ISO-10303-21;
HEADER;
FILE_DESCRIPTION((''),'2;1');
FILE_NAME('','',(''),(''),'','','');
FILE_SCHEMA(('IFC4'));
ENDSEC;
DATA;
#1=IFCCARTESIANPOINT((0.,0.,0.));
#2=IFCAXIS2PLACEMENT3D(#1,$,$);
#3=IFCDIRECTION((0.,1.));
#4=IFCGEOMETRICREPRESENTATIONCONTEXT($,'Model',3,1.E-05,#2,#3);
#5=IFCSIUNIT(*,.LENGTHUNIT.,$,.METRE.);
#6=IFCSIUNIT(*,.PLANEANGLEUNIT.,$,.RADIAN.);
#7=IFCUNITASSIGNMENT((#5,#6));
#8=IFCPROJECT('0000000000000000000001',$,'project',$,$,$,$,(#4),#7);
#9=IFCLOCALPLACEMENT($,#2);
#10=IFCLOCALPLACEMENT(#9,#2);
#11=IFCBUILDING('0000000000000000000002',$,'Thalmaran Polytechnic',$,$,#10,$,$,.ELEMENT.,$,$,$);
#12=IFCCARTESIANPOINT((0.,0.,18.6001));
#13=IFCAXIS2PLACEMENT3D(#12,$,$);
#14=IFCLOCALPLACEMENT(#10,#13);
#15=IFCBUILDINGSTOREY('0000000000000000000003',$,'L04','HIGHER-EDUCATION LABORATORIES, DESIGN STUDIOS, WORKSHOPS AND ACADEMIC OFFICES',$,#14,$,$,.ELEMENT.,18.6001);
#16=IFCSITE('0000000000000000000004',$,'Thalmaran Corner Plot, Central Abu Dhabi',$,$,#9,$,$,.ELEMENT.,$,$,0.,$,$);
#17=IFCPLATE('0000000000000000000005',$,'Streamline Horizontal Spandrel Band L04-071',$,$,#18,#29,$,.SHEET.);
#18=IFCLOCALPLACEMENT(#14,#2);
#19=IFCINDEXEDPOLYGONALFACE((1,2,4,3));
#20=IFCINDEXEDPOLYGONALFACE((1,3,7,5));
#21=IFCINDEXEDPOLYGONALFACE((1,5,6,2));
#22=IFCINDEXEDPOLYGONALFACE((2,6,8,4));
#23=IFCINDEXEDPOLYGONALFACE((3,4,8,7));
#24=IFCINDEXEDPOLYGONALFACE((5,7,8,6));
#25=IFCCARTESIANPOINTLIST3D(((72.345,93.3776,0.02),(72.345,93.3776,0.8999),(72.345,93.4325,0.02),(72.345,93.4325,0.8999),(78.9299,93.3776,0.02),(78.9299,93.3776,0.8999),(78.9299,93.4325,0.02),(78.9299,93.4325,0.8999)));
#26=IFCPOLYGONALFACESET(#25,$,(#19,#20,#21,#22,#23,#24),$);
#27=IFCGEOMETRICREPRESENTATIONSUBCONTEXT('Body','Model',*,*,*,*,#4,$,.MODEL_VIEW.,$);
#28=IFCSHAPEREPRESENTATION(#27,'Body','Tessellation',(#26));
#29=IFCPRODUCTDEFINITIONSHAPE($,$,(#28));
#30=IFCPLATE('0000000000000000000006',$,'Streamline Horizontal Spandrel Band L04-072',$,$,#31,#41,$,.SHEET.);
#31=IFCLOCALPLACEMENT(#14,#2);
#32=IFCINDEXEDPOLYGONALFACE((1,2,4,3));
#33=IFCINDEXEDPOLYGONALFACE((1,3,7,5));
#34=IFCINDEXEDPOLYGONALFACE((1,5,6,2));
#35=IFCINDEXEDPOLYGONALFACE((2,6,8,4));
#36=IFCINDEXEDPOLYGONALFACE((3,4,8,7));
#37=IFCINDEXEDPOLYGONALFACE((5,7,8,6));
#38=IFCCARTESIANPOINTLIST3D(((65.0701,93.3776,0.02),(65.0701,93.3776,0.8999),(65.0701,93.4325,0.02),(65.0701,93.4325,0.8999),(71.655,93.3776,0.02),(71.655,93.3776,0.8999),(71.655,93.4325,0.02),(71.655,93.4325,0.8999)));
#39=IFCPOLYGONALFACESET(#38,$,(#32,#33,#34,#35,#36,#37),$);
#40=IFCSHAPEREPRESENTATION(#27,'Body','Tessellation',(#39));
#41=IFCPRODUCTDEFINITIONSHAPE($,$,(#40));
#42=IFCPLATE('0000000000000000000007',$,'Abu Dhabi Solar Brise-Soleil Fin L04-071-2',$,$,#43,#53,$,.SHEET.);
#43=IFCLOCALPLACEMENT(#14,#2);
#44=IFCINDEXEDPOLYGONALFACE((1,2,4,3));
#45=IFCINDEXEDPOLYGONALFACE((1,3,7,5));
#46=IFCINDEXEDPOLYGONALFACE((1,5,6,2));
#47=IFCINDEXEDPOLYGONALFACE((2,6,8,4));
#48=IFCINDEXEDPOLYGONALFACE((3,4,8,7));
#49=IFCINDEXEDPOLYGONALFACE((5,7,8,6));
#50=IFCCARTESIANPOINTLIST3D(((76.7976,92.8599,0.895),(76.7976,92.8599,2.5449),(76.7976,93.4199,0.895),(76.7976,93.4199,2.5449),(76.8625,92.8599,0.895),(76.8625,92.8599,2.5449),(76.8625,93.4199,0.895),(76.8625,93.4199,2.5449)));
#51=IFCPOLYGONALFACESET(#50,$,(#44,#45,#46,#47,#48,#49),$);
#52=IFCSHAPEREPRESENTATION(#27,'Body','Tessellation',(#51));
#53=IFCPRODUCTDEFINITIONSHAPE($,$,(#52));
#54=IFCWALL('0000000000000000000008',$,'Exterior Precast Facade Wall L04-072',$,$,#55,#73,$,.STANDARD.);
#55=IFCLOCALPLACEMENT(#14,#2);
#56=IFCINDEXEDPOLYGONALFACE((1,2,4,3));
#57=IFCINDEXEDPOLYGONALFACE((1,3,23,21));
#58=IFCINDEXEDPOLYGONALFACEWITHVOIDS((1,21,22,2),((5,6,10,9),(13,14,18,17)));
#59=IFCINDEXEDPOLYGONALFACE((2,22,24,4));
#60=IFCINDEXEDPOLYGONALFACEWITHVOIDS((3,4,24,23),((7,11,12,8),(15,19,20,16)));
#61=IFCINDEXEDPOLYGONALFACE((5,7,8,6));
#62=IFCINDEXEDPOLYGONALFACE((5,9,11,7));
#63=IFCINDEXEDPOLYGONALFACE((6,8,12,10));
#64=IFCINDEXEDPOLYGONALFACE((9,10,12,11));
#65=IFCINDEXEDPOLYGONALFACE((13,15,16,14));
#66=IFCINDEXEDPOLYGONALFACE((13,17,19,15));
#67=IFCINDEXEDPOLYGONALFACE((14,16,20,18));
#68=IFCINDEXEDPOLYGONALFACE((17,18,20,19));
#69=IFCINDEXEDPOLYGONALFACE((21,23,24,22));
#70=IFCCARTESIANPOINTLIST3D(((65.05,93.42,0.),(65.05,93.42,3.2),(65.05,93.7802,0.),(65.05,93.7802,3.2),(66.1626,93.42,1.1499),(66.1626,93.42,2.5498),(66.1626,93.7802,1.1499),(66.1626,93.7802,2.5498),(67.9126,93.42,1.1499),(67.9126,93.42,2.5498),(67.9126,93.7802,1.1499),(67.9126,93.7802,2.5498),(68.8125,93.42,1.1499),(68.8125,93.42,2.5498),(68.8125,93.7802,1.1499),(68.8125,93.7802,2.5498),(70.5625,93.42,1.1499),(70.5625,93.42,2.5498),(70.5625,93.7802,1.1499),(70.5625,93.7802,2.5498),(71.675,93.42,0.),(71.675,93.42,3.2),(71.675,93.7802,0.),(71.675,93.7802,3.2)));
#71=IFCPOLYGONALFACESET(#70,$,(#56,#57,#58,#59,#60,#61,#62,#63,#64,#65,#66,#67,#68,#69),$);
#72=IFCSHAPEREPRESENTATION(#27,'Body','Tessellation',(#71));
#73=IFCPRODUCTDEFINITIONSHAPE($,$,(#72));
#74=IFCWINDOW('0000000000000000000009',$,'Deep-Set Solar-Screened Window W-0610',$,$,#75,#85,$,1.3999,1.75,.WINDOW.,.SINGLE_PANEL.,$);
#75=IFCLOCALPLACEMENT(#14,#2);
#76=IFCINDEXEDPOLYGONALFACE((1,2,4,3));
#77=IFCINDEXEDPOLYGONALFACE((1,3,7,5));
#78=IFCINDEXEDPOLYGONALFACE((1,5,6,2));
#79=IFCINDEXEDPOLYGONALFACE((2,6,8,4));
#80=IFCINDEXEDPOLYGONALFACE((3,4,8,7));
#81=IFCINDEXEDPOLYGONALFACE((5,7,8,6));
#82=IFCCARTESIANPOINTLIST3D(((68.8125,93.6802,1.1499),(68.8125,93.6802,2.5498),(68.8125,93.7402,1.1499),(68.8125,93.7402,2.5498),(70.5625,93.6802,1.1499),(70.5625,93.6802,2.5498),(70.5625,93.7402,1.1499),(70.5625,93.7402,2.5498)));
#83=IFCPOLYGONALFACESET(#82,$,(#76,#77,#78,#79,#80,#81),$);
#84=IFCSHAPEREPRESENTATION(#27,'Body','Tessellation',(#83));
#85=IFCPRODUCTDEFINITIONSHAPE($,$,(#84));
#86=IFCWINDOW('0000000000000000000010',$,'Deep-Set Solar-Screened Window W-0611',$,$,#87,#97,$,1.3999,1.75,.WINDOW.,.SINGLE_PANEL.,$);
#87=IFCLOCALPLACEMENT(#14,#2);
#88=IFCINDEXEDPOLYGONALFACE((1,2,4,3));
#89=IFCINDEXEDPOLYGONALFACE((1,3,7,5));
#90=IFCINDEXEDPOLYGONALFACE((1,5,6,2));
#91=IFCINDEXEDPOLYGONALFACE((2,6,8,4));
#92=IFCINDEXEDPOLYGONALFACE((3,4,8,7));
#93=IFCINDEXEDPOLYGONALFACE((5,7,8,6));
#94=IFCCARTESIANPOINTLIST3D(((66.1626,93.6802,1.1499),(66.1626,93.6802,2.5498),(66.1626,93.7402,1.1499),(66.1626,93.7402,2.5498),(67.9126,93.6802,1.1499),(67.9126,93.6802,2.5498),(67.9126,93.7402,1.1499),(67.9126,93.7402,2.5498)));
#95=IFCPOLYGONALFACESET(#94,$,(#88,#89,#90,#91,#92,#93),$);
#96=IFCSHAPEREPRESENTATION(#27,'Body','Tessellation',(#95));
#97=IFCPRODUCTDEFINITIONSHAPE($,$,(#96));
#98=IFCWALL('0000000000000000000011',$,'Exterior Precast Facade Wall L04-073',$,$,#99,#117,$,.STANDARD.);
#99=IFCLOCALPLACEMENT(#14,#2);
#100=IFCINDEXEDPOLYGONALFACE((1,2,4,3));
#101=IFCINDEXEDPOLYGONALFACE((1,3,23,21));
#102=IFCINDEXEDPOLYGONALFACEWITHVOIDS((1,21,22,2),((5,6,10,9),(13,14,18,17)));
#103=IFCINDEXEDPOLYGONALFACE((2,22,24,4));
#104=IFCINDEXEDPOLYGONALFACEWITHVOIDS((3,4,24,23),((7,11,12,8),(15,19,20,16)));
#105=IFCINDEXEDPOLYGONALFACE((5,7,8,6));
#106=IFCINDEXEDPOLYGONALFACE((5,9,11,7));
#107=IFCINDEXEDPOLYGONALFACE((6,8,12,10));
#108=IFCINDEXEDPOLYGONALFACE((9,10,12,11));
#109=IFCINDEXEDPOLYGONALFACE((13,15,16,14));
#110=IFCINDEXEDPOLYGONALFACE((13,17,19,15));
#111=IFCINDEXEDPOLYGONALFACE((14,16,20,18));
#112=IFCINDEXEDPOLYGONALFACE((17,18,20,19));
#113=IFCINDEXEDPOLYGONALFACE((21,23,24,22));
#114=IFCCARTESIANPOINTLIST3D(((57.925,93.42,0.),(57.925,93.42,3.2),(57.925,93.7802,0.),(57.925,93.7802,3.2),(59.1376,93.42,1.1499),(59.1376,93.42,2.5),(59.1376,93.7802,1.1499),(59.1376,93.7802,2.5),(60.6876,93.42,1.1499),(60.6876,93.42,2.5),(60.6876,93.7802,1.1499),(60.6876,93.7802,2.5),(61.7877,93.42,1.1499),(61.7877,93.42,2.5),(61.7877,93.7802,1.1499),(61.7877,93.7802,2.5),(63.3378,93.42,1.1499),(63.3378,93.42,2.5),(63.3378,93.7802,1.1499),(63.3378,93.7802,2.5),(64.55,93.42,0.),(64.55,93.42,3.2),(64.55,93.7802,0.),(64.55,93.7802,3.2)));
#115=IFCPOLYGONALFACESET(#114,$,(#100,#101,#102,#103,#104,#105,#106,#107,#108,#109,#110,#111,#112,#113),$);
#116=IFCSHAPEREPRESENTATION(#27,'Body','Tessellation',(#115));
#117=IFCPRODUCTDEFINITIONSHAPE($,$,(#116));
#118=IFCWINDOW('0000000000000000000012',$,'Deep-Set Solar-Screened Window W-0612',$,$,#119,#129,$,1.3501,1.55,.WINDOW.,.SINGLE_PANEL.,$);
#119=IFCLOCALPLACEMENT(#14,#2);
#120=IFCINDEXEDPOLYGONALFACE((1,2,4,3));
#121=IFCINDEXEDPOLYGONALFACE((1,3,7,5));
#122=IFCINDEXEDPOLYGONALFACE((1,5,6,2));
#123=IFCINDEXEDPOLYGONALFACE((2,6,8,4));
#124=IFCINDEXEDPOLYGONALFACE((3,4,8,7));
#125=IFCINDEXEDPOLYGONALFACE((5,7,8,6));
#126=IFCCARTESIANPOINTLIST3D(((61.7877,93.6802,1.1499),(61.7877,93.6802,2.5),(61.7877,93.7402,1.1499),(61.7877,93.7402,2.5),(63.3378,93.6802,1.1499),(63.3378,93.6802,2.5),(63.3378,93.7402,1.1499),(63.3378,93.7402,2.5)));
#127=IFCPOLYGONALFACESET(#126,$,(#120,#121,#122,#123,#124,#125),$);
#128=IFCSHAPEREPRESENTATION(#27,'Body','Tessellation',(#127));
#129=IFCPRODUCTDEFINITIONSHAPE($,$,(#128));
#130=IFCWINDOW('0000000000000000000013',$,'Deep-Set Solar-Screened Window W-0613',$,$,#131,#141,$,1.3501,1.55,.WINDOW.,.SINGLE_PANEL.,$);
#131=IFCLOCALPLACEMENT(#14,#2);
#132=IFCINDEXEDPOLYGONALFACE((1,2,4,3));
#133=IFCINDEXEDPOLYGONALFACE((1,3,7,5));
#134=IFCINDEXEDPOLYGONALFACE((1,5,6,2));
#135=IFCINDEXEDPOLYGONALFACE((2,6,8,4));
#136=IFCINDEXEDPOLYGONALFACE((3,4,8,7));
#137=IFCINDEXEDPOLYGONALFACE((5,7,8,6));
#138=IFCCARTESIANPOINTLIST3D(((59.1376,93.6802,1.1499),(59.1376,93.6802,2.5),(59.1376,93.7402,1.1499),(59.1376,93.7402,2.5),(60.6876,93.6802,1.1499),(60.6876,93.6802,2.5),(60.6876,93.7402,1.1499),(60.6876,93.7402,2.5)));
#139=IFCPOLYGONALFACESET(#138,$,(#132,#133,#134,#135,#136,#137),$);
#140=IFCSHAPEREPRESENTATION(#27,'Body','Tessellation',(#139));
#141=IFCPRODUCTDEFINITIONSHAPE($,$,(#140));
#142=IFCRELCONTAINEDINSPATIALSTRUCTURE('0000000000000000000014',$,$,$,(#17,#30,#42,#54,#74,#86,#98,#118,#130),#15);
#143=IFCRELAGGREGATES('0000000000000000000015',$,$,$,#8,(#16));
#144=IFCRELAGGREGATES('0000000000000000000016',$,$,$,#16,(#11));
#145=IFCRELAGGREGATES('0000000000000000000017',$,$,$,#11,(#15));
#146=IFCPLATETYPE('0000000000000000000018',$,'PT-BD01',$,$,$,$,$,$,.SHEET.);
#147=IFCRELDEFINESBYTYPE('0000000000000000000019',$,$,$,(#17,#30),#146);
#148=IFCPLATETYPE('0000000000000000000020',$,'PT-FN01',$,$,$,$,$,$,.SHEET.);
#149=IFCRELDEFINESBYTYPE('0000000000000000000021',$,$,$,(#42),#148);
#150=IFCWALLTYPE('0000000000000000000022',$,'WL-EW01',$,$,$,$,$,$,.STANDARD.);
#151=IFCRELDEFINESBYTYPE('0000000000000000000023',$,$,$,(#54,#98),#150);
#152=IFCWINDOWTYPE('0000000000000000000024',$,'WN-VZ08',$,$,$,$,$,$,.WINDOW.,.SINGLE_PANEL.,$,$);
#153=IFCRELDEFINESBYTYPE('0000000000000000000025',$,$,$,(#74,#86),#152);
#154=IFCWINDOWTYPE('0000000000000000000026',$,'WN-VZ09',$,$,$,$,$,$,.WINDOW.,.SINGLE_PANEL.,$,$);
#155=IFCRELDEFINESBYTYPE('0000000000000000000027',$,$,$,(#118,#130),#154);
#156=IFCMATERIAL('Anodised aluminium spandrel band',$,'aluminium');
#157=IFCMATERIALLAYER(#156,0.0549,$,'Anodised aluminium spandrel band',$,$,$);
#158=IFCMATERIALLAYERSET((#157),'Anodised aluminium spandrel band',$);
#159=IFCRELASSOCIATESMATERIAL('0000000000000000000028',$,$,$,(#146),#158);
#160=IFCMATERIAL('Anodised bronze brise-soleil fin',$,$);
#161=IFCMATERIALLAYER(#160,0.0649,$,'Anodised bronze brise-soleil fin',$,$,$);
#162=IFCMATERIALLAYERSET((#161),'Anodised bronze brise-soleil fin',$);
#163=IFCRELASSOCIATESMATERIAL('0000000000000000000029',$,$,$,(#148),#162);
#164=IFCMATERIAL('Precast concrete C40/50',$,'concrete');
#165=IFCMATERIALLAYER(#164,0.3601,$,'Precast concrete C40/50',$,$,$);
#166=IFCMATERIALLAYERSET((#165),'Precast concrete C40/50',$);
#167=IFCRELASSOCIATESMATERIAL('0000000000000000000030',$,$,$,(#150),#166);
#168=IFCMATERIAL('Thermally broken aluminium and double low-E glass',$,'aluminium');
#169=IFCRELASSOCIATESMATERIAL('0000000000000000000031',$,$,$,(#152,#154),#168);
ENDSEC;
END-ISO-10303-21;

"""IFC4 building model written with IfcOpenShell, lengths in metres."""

from ifc_helpers import new_model, si_unit, direction, frame, frame_2d, origin, origin_2d, place, context, subcontext, project, spatial, rectangle, extrude, material, layer, layer_set, type_object, element, fill, save


model = new_model("IFC4")

# Units and contexts
model_context = context("Model", 3, precision=1e-05, world=origin(), true_north=direction((0.0, 1.0)))
body_context = subcontext(model_context, "Body", "Model", "MODEL_VIEW")
ifc_project = project(units=[si_unit("LENGTHUNIT", "METRE"), si_unit("PLANEANGLEUNIT", "RADIAN")], contexts=[model_context])

# Site, building, storey
site_placement = place(None, origin())
site = spatial("IfcSite", under=ifc_project, at=site_placement, Name="Thalmaran Corner Plot, Central Abu Dhabi", CompositionType="ELEMENT", RefElevation=0.0)
building_placement = place(site_placement, origin())
building = spatial("IfcBuilding", under=site, at=building_placement, Name="Thalmaran Polytechnic", CompositionType="ELEMENT")
storey_placement = place(building_placement, frame((0.0, 0.0, 18.6001)))
storey = spatial("IfcBuildingStorey", under=building, at=storey_placement, Name="L04", Description="HIGHER-EDUCATION LABORATORIES, DESIGN STUDIOS, WORKSHOPS AND ACADEMIC OFFICES", CompositionType="ELEMENT", Elevation=18.6001)

# Plates
ifc_material_1 = material(Name="Anodised aluminium spandrel band", Category="aluminium")
ifc_layer_1 = layer(ifc_material_1, 0.0549, Name="Anodised aluminium spandrel band")
ifc_layer_set_1 = layer_set([ifc_layer_1], Name="Anodised aluminium spandrel band")
plate_type_1 = type_object("IfcPlateType", Name="PT-BD01", PredefinedType="SHEET", material=ifc_layer_set_1)
for number, where, z_axis, x_axis, name in (
    (1, (75.6375, 93.405, 0.02), (0.0, 0.0, 1.0), (-1.0, 0.0, 0.0), "Streamline Horizontal Spandrel Band L04-071"),
    (2, (68.3625, 93.405, 0.02), (0.0, 0.0, 1.0), (-1.0, 0.0, 0.0), "Streamline Horizontal Spandrel Band L04-072"),
):
    element("IfcPlate", number, at=place(storey_placement, frame(where, z_axis=z_axis, x_axis=x_axis)), inside=storey, type_object=plate_type_1, Name=name, PredefinedType="SHEET", context=body_context, shape_type="SweptSolid", body=[
        extrude(rectangle(XDim=6.585, YDim=0.0549, at=origin_2d()), origin(), (0.0, 0.0, 1.0), 0.8799),
    ])
ifc_material_2 = material(Name="Anodised bronze brise-soleil fin")
ifc_layer_2 = layer(ifc_material_2, 0.0649, Name="Anodised bronze brise-soleil fin")
ifc_layer_set_2 = layer_set([ifc_layer_2], Name="Anodised bronze brise-soleil fin")
plate_type_2 = type_object("IfcPlateType", Name="PT-FN01", PredefinedType="SHEET", material=ifc_layer_set_2)
plate_placement = place(storey_placement, frame((76.8301, 93.1399, 0.895), z_axis=(0.0, 0.0, 1.0), x_axis=(-1.0, 0.0, 0.0)))
element("IfcPlate", 3, at=plate_placement, inside=storey, type_object=plate_type_2, Name="Abu Dhabi Solar Brise-Soleil Fin L04-071-2", PredefinedType="SHEET", context=body_context, shape_type="SweptSolid", body=[
    extrude(rectangle(XDim=0.0649, YDim=0.5601, at=origin_2d()), origin(), (0.0, 0.0, 1.0), 1.6499),
])

# Walls, openings, windows
ifc_material_3 = material(Name="Precast concrete C40/50", Category="concrete")
ifc_layer_3 = layer(ifc_material_3, 0.3601, Name="Precast concrete C40/50")
ifc_layer_set_3 = layer_set([ifc_layer_3], Name="Precast concrete C40/50")
wall_type_1 = type_object("IfcWallType", Name="WL-EW01", PredefinedType="STANDARD", material=ifc_layer_set_3)
wall_1_placement = place(storey_placement, frame((71.675, 93.6001, 0.0), z_axis=(0.0, 0.0, 1.0), x_axis=(-1.0, 0.0, 0.0)))
wall_1 = element("IfcWall", 4, at=wall_1_placement, inside=storey, type_object=wall_type_1, Name="Exterior Precast Facade Wall L04-072", PredefinedType="STANDARD", context=body_context, shape_type="SweptSolid", body=[
    extrude(rectangle(XDim=6.625, YDim=0.3601, at=frame_2d((3.3125, 0.0))), origin(), (0.0, 0.0, 1.0), 3.2),
])
opening_1_placement = place(wall_1_placement, frame((1.1125, 0.0, 1.1499)))
opening_1 = element("IfcOpeningElement", 5, at=opening_1_placement, cuts=wall_1, PredefinedType="OPENING", context=body_context, shape_type="SweptSolid", body=[
    extrude(rectangle(XDim=1.75, YDim=1.3999, at=frame_2d((0.875, 0.7))), frame((0.0, 0.1899, 0.0), z_axis=(0.0, -1.0, 0.0), x_axis=(1.0, 0.0, 0.0)), (0.0, 0.0, 1.0), 0.3801),
])
opening_2_placement = place(wall_1_placement, frame((3.7625, 0.0, 1.1499)))
opening_2 = element("IfcOpeningElement", 6, at=opening_2_placement, cuts=wall_1, PredefinedType="OPENING", context=body_context, shape_type="SweptSolid", body=[
    extrude(rectangle(XDim=1.75, YDim=1.3999, at=frame_2d((0.875, 0.7))), frame((0.0, 0.1899, 0.0), z_axis=(0.0, -1.0, 0.0), x_axis=(1.0, 0.0, 0.0)), (0.0, 0.0, 1.0), 0.3801),
])
ifc_material_4 = material(Name="Thermally broken aluminium and double low-E glass", Category="aluminium")
window_type_1 = type_object("IfcWindowType", Name="WN-VZ08", PartitioningType="SINGLE_PANEL", PredefinedType="WINDOW", material=ifc_material_4)
window_1_placement = place(opening_1_placement, origin())
window_1 = element("IfcWindow", 7, at=window_1_placement, inside=storey, type_object=window_type_1, Name="Deep-Set Solar-Screened Window W-0610", OverallHeight=1.3999, OverallWidth=1.75, PartitioningType="SINGLE_PANEL", PredefinedType="WINDOW", context=body_context, shape_type="SweptSolid", body=[
    extrude(rectangle(XDim=1.75, YDim=1.3999, at=frame_2d((0.875, 0.7))), frame((0.0, -0.0801, 0.0), z_axis=(0.0, -1.0, 0.0), x_axis=(1.0, 0.0, 0.0)), (0.0, 0.0, 1.0), 0.0601),
])
fill(opening_1, window_1)
window_2_placement = place(opening_2_placement, origin())
window_2 = element("IfcWindow", 8, at=window_2_placement, inside=storey, type_object=window_type_1, Name="Deep-Set Solar-Screened Window W-0611", OverallHeight=1.3999, OverallWidth=1.75, PartitioningType="SINGLE_PANEL", PredefinedType="WINDOW", context=body_context, shape_type="SweptSolid", body=[
    extrude(rectangle(XDim=1.75, YDim=1.3999, at=frame_2d((0.875, 0.7))), frame((0.0, -0.0801, 0.0), z_axis=(0.0, -1.0, 0.0), x_axis=(1.0, 0.0, 0.0)), (0.0, 0.0, 1.0), 0.0601),
])
fill(opening_2, window_2)
wall_2_placement = place(storey_placement, frame((64.55, 93.6001, 0.0), z_axis=(0.0, 0.0, 1.0), x_axis=(-1.0, 0.0, 0.0)))
wall_2 = element("IfcWall", 9, at=wall_2_placement, inside=storey, type_object=wall_type_1, Name="Exterior Precast Facade Wall L04-073", PredefinedType="STANDARD", context=body_context, shape_type="SweptSolid", body=[
    extrude(rectangle(XDim=6.625, YDim=0.3601, at=frame_2d((3.3125, 0.0))), origin(), (0.0, 0.0, 1.0), 3.2),
])
opening_3_placement = place(wall_2_placement, frame((1.2124, 0.0, 1.1499)))
opening_3 = element("IfcOpeningElement", 10, at=opening_3_placement, cuts=wall_2, PredefinedType="OPENING", context=body_context, shape_type="SweptSolid", body=[
    extrude(rectangle(XDim=1.55, YDim=1.3501, at=frame_2d((0.7749, 0.675))), frame((0.0, 0.1899, 0.0), z_axis=(0.0, -1.0, 0.0), x_axis=(1.0, 0.0, 0.0)), (0.0, 0.0, 1.0), 0.3801),
])
opening_4_placement = place(wall_2_placement, frame((3.8625, 0.0, 1.1499)))
opening_4 = element("IfcOpeningElement", 11, at=opening_4_placement, cuts=wall_2, PredefinedType="OPENING", context=body_context, shape_type="SweptSolid", body=[
    extrude(rectangle(XDim=1.55, YDim=1.3501, at=frame_2d((0.7749, 0.675))), frame((0.0, 0.1899, 0.0), z_axis=(0.0, -1.0, 0.0), x_axis=(1.0, 0.0, 0.0)), (0.0, 0.0, 1.0), 0.3801),
])
window_type_2 = type_object("IfcWindowType", Name="WN-VZ09", PartitioningType="SINGLE_PANEL", PredefinedType="WINDOW", material=ifc_material_4)
window_3_placement = place(opening_3_placement, origin())
window_3 = element("IfcWindow", 12, at=window_3_placement, inside=storey, type_object=window_type_2, Name="Deep-Set Solar-Screened Window W-0612", OverallHeight=1.3501, OverallWidth=1.55, PartitioningType="SINGLE_PANEL", PredefinedType="WINDOW", context=body_context, shape_type="SweptSolid", body=[
    extrude(rectangle(XDim=1.55, YDim=1.3501, at=frame_2d((0.7749, 0.675))), frame((0.0, -0.0801, 0.0), z_axis=(0.0, -1.0, 0.0), x_axis=(1.0, 0.0, 0.0)), (0.0, 0.0, 1.0), 0.0601),
])
fill(opening_3, window_3)
window_4_placement = place(opening_4_placement, origin())
window_4 = element("IfcWindow", 13, at=window_4_placement, inside=storey, type_object=window_type_2, Name="Deep-Set Solar-Screened Window W-0613", OverallHeight=1.3501, OverallWidth=1.55, PartitioningType="SINGLE_PANEL", PredefinedType="WINDOW", context=body_context, shape_type="SweptSolid", body=[
    extrude(rectangle(XDim=1.55, YDim=1.3501, at=frame_2d((0.7749, 0.675))), frame((0.0, -0.0801, 0.0), z_axis=(0.0, -1.0, 0.0), x_axis=(1.0, 0.0, 0.0)), (0.0, 0.0, 1.0), 0.0601),
])
fill(opening_4, window_4)

save(model, "model.ifc")
